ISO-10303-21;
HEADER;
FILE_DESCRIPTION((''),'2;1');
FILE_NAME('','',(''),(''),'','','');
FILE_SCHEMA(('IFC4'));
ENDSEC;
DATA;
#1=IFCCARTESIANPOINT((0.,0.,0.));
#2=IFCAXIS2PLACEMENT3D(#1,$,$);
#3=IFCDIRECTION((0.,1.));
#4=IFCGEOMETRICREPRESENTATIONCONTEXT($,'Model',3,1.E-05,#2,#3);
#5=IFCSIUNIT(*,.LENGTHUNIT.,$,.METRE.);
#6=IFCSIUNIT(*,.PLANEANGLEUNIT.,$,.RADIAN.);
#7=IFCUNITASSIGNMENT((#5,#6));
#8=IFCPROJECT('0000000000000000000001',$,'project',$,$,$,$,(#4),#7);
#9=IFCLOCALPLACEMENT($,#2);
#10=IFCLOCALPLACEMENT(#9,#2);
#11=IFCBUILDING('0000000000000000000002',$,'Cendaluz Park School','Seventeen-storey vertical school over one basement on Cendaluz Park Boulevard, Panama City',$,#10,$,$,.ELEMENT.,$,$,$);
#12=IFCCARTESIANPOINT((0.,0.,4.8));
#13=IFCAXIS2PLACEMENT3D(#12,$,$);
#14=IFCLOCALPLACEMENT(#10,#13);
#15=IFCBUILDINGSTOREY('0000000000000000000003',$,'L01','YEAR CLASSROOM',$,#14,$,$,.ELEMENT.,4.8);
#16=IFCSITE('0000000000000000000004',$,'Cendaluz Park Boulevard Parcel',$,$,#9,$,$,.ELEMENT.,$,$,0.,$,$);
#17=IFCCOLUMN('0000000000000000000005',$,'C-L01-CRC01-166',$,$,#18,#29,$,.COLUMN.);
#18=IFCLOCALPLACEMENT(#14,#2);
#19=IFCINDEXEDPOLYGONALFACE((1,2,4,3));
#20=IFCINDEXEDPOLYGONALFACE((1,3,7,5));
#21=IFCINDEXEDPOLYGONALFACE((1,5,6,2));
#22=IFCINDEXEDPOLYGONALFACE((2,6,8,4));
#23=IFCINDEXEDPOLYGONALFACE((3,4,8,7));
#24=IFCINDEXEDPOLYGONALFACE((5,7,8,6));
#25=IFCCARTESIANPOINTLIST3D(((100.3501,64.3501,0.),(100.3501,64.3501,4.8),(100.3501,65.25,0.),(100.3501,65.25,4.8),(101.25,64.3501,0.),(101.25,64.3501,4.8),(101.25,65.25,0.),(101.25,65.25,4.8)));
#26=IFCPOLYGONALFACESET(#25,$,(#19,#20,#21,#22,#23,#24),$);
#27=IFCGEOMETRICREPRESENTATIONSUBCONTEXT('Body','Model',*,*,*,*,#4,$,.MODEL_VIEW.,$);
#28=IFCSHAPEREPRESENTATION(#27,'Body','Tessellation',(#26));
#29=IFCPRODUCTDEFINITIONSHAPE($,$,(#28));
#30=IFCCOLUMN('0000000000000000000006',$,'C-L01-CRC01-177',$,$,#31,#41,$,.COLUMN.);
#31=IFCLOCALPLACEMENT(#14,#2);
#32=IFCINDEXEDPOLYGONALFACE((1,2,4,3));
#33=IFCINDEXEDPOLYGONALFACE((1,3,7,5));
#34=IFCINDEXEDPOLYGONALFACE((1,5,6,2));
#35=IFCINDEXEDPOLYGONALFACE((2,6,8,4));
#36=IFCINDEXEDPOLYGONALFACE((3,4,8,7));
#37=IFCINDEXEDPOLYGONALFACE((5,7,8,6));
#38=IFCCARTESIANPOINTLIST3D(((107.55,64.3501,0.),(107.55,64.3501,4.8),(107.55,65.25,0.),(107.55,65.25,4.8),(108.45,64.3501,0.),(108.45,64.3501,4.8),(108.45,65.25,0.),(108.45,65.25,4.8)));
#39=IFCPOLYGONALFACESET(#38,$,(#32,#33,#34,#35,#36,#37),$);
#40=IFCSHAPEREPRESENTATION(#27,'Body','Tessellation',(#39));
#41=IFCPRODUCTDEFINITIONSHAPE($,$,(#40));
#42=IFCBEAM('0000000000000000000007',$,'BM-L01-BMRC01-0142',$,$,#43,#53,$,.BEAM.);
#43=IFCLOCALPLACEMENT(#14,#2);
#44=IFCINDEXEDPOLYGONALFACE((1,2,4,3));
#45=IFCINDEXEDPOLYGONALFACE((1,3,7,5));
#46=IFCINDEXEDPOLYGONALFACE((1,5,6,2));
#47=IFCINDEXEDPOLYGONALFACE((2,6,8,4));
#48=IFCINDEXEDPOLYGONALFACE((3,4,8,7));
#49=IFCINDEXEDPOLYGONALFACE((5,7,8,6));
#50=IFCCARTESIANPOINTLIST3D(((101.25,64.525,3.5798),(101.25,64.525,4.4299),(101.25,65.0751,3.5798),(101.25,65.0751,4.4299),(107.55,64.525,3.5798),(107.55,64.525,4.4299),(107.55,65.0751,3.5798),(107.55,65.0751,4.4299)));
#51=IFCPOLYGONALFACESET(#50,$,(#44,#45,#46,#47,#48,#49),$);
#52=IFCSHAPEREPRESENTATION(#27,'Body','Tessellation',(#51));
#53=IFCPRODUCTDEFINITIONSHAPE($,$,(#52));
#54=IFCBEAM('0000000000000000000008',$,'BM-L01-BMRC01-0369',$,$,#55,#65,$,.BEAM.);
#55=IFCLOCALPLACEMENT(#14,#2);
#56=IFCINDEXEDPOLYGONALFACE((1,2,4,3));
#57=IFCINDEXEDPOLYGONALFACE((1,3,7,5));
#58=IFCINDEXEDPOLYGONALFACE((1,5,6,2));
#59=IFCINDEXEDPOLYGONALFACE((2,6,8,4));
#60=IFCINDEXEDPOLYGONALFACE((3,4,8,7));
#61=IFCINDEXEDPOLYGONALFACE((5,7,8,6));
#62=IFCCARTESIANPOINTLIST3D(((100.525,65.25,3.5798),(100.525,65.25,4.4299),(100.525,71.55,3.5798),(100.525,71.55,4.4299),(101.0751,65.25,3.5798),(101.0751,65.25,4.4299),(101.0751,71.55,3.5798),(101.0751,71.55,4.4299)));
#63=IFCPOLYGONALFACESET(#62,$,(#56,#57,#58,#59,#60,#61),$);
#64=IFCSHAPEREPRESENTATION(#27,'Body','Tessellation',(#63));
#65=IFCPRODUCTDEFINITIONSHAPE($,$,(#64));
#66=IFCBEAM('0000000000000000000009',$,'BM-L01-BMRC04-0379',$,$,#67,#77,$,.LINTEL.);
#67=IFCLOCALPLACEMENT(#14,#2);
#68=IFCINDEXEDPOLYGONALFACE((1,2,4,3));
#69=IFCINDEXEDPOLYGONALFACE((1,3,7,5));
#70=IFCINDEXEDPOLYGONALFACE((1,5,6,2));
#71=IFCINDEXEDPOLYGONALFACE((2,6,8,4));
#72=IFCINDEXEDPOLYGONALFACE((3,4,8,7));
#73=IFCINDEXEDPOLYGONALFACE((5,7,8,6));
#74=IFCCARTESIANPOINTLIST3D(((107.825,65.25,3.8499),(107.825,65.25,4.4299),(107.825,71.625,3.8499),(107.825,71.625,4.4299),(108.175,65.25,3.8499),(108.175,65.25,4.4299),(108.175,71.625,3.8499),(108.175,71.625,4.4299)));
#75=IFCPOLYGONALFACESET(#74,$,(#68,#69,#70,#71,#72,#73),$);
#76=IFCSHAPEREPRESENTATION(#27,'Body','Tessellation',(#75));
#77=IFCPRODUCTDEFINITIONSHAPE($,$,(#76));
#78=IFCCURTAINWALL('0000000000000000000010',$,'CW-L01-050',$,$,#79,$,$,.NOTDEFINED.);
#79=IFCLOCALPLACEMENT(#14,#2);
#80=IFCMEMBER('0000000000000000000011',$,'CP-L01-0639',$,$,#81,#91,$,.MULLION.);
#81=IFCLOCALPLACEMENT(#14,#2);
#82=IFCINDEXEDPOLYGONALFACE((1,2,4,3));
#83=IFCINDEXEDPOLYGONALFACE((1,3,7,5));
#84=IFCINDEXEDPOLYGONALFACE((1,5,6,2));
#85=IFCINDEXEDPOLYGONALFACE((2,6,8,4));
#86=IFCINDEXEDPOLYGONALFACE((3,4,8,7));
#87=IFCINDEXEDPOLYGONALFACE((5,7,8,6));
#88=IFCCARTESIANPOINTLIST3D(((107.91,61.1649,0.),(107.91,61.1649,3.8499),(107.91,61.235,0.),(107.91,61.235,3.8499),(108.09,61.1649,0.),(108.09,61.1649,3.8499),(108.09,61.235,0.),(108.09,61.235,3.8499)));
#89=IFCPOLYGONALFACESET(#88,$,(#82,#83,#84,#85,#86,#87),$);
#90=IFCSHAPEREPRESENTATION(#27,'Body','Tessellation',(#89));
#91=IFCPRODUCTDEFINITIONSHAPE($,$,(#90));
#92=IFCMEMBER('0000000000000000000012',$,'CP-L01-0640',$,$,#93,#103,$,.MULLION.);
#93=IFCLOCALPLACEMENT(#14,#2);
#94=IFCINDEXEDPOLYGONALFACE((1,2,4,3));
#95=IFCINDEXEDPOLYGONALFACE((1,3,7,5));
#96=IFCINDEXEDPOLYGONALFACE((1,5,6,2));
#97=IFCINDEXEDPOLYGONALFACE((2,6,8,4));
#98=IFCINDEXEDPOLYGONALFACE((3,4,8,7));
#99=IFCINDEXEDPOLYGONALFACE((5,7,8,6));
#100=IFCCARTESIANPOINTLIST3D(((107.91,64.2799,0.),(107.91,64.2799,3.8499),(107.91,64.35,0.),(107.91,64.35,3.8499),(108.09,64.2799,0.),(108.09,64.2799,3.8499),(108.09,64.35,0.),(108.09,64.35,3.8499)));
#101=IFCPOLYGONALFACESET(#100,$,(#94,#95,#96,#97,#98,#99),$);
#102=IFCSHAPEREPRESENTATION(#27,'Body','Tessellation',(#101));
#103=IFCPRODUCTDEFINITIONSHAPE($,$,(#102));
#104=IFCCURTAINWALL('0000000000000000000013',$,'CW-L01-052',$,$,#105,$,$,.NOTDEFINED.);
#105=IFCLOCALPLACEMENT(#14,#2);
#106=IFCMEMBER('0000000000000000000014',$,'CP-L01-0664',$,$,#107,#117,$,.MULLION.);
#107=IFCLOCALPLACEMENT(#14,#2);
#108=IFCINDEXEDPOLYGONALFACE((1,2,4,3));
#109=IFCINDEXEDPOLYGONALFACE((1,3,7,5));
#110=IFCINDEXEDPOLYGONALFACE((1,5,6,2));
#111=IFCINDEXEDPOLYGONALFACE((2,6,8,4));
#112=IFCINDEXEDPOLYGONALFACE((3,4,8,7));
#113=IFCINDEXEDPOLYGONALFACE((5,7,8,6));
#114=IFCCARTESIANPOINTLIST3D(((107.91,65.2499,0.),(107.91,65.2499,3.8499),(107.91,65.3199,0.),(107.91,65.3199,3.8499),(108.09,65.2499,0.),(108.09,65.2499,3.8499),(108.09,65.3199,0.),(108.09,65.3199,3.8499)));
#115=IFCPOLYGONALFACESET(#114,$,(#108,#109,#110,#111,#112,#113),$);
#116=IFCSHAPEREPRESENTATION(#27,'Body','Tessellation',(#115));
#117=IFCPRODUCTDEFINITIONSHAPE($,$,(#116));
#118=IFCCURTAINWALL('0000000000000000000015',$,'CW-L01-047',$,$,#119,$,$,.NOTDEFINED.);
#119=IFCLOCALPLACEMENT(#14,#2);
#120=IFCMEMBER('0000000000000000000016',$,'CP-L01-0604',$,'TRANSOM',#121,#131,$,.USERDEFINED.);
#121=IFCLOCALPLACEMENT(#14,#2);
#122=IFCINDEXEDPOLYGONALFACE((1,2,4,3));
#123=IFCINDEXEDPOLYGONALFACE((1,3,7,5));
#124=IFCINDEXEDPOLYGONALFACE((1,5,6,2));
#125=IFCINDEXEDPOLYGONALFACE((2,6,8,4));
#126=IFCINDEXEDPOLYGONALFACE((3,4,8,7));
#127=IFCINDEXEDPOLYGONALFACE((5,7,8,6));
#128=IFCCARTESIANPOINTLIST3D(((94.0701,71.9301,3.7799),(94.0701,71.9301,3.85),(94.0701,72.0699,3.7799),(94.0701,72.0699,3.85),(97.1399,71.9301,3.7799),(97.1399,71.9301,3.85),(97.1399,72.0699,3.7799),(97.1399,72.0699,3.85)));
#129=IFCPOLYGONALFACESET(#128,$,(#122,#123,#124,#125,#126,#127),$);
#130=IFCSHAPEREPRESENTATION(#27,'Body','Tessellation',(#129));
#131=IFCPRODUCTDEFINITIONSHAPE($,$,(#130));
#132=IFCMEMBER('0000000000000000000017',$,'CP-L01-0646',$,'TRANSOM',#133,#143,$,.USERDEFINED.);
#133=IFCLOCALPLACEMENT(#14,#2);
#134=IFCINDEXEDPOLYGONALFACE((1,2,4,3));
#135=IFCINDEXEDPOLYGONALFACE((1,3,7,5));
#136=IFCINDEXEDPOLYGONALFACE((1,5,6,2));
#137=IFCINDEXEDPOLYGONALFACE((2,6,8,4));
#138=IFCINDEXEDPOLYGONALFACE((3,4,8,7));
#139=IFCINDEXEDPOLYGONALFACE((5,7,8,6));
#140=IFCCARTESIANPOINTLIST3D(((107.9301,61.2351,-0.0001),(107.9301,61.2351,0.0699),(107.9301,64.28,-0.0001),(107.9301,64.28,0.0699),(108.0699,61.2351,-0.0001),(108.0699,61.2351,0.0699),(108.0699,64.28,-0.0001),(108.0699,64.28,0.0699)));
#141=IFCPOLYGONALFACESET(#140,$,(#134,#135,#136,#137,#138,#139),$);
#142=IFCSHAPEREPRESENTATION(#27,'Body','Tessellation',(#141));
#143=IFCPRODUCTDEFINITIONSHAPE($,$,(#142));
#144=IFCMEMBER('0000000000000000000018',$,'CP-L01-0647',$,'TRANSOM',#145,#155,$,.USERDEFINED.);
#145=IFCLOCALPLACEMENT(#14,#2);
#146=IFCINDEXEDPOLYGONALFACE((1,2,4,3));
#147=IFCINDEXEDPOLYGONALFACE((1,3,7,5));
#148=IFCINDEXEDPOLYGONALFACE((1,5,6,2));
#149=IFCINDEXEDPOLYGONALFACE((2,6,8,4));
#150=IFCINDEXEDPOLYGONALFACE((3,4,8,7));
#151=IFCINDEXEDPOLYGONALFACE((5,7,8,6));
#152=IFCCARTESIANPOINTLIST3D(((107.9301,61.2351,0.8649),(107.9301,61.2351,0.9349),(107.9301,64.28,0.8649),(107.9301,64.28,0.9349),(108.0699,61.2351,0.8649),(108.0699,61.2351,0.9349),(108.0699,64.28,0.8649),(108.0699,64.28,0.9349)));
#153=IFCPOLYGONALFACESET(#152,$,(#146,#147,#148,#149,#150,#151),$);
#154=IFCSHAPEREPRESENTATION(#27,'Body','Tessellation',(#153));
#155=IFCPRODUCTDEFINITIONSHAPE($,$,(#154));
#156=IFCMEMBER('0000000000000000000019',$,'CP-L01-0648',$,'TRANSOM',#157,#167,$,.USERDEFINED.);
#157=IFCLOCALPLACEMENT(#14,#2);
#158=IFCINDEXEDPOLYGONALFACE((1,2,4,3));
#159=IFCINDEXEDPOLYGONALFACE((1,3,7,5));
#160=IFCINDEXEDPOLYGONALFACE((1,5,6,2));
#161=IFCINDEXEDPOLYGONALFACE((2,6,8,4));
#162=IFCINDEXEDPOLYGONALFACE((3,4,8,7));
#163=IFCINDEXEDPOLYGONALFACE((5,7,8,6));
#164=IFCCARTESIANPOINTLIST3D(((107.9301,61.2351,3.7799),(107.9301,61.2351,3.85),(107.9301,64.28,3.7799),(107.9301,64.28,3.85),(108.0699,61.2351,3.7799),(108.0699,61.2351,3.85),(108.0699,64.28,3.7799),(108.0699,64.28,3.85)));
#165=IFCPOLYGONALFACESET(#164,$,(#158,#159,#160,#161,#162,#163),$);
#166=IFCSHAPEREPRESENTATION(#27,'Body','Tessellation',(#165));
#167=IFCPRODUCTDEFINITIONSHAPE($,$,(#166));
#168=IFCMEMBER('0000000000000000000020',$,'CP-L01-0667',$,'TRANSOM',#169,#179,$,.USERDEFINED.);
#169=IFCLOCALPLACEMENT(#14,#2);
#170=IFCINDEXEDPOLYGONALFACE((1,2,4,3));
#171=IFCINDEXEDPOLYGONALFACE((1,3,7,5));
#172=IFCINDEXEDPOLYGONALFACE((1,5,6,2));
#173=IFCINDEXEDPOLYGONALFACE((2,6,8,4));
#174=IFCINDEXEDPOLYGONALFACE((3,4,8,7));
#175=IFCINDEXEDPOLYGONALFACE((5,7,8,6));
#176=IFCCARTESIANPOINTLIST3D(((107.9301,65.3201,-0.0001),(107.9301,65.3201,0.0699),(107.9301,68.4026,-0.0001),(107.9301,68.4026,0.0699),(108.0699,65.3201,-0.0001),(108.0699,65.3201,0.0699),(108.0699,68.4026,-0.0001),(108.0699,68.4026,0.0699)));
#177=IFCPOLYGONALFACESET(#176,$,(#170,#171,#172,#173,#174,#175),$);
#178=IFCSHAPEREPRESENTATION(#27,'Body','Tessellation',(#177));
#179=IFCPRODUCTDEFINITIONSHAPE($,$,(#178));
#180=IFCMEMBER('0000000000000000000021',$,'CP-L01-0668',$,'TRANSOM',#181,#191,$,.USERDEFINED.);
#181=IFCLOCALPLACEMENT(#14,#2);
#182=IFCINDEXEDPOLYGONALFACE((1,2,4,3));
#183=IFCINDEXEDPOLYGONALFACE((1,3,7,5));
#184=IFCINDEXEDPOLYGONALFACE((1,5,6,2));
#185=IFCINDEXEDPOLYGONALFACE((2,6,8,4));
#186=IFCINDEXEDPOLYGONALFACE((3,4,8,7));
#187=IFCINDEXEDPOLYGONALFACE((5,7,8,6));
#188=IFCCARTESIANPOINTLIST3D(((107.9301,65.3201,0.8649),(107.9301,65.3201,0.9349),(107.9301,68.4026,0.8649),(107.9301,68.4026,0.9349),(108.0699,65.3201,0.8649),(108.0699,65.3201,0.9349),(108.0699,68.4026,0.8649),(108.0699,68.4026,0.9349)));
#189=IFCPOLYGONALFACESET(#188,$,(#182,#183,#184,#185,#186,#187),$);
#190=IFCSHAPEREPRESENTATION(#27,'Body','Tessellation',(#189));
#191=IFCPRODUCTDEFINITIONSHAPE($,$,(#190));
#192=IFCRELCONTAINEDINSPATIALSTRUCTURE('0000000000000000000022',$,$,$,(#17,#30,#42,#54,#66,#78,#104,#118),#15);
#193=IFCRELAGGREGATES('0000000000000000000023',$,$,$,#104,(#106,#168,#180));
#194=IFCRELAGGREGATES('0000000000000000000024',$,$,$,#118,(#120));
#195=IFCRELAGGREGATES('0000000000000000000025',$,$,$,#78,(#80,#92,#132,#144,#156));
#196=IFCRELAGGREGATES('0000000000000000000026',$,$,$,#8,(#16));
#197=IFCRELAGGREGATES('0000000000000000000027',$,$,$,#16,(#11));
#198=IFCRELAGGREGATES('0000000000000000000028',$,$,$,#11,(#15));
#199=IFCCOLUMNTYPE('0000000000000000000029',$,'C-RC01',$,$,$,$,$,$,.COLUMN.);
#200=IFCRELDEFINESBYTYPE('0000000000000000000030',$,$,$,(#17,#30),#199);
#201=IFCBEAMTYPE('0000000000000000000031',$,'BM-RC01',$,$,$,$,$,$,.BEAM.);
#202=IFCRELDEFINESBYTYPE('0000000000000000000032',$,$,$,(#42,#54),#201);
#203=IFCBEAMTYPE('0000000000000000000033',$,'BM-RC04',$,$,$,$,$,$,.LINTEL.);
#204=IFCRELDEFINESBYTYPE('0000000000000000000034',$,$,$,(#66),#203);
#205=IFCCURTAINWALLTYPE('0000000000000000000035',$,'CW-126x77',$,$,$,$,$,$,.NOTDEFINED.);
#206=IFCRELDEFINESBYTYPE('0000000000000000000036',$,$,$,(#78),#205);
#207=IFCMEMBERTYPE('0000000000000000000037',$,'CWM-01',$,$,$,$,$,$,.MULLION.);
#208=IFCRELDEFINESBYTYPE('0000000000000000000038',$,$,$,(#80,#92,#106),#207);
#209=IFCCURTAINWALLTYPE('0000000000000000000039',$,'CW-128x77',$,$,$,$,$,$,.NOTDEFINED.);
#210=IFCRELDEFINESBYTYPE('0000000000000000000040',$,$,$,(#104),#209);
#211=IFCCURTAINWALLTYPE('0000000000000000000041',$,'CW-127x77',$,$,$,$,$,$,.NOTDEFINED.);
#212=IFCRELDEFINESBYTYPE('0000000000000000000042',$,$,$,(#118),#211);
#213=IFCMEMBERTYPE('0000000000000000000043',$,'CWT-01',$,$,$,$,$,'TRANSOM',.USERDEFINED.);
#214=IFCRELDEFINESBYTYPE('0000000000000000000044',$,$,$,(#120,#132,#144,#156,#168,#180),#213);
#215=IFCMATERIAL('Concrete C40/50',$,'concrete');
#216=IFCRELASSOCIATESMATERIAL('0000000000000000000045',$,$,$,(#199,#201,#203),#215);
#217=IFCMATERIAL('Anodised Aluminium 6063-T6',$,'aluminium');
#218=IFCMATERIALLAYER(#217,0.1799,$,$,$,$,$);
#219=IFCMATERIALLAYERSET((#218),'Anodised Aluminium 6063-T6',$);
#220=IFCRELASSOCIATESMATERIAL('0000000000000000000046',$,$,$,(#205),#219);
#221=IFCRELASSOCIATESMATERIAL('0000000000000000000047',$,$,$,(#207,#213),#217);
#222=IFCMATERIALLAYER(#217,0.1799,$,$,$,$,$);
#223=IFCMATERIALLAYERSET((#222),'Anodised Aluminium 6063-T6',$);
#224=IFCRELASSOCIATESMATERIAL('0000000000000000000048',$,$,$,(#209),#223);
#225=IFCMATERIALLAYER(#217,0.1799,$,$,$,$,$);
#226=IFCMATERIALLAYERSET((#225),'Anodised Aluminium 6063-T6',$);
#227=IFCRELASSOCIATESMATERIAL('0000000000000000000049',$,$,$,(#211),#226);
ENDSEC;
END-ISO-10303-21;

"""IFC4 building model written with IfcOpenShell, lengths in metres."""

from ifc_helpers import new_model, si_unit, direction, frame, origin, origin_2d, place, context, subcontext, project, spatial, rectangle, extrude, material, layer, layer_set, material_profile, profile_set, type_object, element, aggregate, save


model = new_model("IFC4")

# Units and contexts
model_context = context("Model", 3, precision=1e-05, world=origin(), true_north=direction((0.0, 1.0)))
body_context = subcontext(model_context, "Body", "Model", "MODEL_VIEW")
ifc_project = project(units=[si_unit("LENGTHUNIT", "METRE"), si_unit("PLANEANGLEUNIT", "RADIAN")], contexts=[model_context])

# Site, building, storey
site_placement = place(None, origin())
site = spatial("IfcSite", under=ifc_project, at=site_placement, Name="Cendaluz Park Boulevard Parcel", CompositionType="ELEMENT", RefElevation=0.0)
building_placement = place(site_placement, origin())
building = spatial("IfcBuilding", under=site, at=building_placement, Name="Cendaluz Park School", Description="Seventeen-storey vertical school over one basement on Cendaluz Park Boulevard, Panama City", CompositionType="ELEMENT")
storey_placement = place(building_placement, frame((0.0, 0.0, 4.8)))
storey = spatial("IfcBuildingStorey", under=building, at=storey_placement, Name="L01", Description="YEAR CLASSROOM", CompositionType="ELEMENT", Elevation=4.8)

# Columns
ifc_material_1 = material(Name="Concrete C40/50", Category="concrete")
ifc_material_profile_1 = material_profile(ifc_material_1, rectangle(XDim=0.8999, YDim=0.8999, at=origin_2d()), Name="RC 900x900", Category="concrete")
ifc_profile_set_1 = profile_set([ifc_material_profile_1], Name="Concrete C40/50")
column_type = type_object("IfcColumnType", Name="C-RC01", PredefinedType="COLUMN", material=ifc_profile_set_1)
for number, where, z_axis, x_axis, name in (
    (1, (100.8, 64.8, 0.0), (0.0, 0.0, 1.0), (1.0, 0.0, 0.0), "C-L01-CRC01-166"),
    (2, (108.0, 64.8, 0.0), (0.0, 0.0, 1.0), (1.0, 0.0, 0.0), "C-L01-CRC01-177"),
):
    element("IfcColumn", number, at=place(storey_placement, frame(where, z_axis=z_axis, x_axis=x_axis)), inside=storey, type_object=column_type, Name=name, PredefinedType="COLUMN", context=body_context, shape_type="SweptSolid", body=[
        extrude(rectangle(XDim=0.8999, YDim=0.8999, at=origin_2d()), origin(), (0.0, 0.0, 1.0), 4.8),
    ])

# Beams
ifc_material_profile_2 = material_profile(ifc_material_1, rectangle(XDim=0.55, YDim=0.8501, at=origin_2d()), Name="RC 550x850", Category="concrete")
ifc_profile_set_2 = profile_set([ifc_material_profile_2], Name="Concrete C40/50")
beam_type_1 = type_object("IfcBeamType", Name="BM-RC01", PredefinedType="BEAM", material=ifc_profile_set_2)
for number, where, z_axis, x_axis, name in (
    (3, (101.25, 64.8, 4.0049), (1.0, 0.0, 0.0), (0.0, 1.0, 0.0), "BM-L01-BMRC01-0142"),
    (4, (100.8, 65.25, 4.0049), (0.0, 1.0, 0.0), (-1.0, 0.0, 0.0), "BM-L01-BMRC01-0369"),
):
    element("IfcBeam", number, at=place(storey_placement, frame(where, z_axis=z_axis, x_axis=x_axis)), inside=storey, type_object=beam_type_1, Name=name, PredefinedType="BEAM", context=body_context, shape_type="SweptSolid", body=[
        extrude(rectangle(XDim=0.55, YDim=0.8501, at=origin_2d()), origin(), (0.0, 0.0, 1.0), 6.3),
    ])
ifc_material_profile_3 = material_profile(ifc_material_1, rectangle(XDim=0.3501, YDim=0.5801, at=origin_2d()), Name="RC 350x580", Category="concrete")
ifc_profile_set_3 = profile_set([ifc_material_profile_3], Name="Concrete C40/50")
beam_type_2 = type_object("IfcBeamType", Name="BM-RC04", PredefinedType="LINTEL", material=ifc_profile_set_3)
beam_placement = place(storey_placement, frame((108.0, 65.25, 4.1399), z_axis=(0.0, 1.0, 0.0), x_axis=(-1.0, 0.0, 0.0)))
element("IfcBeam", 5, at=beam_placement, inside=storey, type_object=beam_type_2, Name="BM-L01-BMRC04-0379", PredefinedType="LINTEL", context=body_context, shape_type="SweptSolid", body=[
    extrude(rectangle(XDim=0.3501, YDim=0.5801, at=origin_2d()), origin(), (0.0, 0.0, 1.0), 6.375),
])

# Curtain wall, members
ifc_material_2 = material(Name="Anodised Aluminium 6063-T6", Category="aluminium")
ifc_layer_1 = layer(ifc_material_2, 0.1799)
ifc_layer_set_1 = layer_set([ifc_layer_1], Name="Anodised Aluminium 6063-T6")
curtain_wall_type_1 = type_object("IfcCurtainWallType", Name="CW-126x77", PredefinedType="NOTDEFINED", material=ifc_layer_set_1)
curtain_wall_1_placement = place(storey_placement, origin())
curtain_wall_1 = element("IfcCurtainWall", 6, at=curtain_wall_1_placement, inside=storey, type_object=curtain_wall_type_1, Name="CW-L01-050", PredefinedType="NOTDEFINED")
ifc_material_profile_4 = material_profile(ifc_material_2, rectangle(XDim=0.1799, YDim=0.0701, at=origin_2d()), Name="CWM 180x70", Category="aluminium")
ifc_profile_set_4 = profile_set([ifc_material_profile_4], Name="Anodised Aluminium 6063-T6")
member_type_1 = type_object("IfcMemberType", Name="CWM-01", PredefinedType="MULLION", material=ifc_profile_set_4)
member_1_placement = place(storey_placement, frame((108.0, 61.2, 0.0), z_axis=(0.0, 0.0, 1.0), x_axis=(-1.0, 0.0, 0.0)))
member_1 = element("IfcMember", 7, at=member_1_placement, type_object=member_type_1, Name="CP-L01-0639", PredefinedType="MULLION", context=body_context, shape_type="SweptSolid", body=[
    extrude(rectangle(XDim=0.1799, YDim=0.0701, at=origin_2d()), origin(), (0.0, 0.0, 1.0), 3.8499),
])
member_2_placement = place(storey_placement, frame((108.0, 64.3149, 0.0), z_axis=(0.0, 0.0, 1.0), x_axis=(-1.0, 0.0, 0.0)))
member_2 = element("IfcMember", 8, at=member_2_placement, type_object=member_type_1, Name="CP-L01-0640", PredefinedType="MULLION", context=body_context, shape_type="SweptSolid", body=[
    extrude(rectangle(XDim=0.1799, YDim=0.0701, at=origin_2d()), origin(), (0.0, 0.0, 1.0), 3.8499),
])

# Curtain walls, members
ifc_layer_2 = layer(ifc_material_2, 0.1799)
ifc_layer_set_2 = layer_set([ifc_layer_2], Name="Anodised Aluminium 6063-T6")
curtain_wall_type_2 = type_object("IfcCurtainWallType", Name="CW-128x77", PredefinedType="NOTDEFINED", material=ifc_layer_set_2)
curtain_wall_2_placement = place(storey_placement, origin())
curtain_wall_2 = element("IfcCurtainWall", 9, at=curtain_wall_2_placement, inside=storey, type_object=curtain_wall_type_2, Name="CW-L01-052", PredefinedType="NOTDEFINED")
member_3_placement = place(storey_placement, frame((108.0, 65.2849, 0.0), z_axis=(0.0, 0.0, 1.0), x_axis=(-1.0, 0.0, 0.0)))
member_3 = element("IfcMember", 10, at=member_3_placement, type_object=member_type_1, Name="CP-L01-0664", PredefinedType="MULLION", context=body_context, shape_type="SweptSolid", body=[
    extrude(rectangle(XDim=0.1799, YDim=0.0701, at=origin_2d()), origin(), (0.0, 0.0, 1.0), 3.8499),
])
ifc_layer_3 = layer(ifc_material_2, 0.1799)
ifc_layer_set_3 = layer_set([ifc_layer_3], Name="Anodised Aluminium 6063-T6")
curtain_wall_type_3 = type_object("IfcCurtainWallType", Name="CW-127x77", PredefinedType="NOTDEFINED", material=ifc_layer_set_3)
curtain_wall_3_placement = place(storey_placement, origin())
curtain_wall_3 = element("IfcCurtainWall", 11, at=curtain_wall_3_placement, inside=storey, type_object=curtain_wall_type_3, Name="CW-L01-047", PredefinedType="NOTDEFINED")
ifc_material_profile_5 = material_profile(ifc_material_2, rectangle(XDim=0.1399, YDim=0.0701, at=origin_2d()), Name="CWT 140x70", Category="aluminium")
ifc_profile_set_5 = profile_set([ifc_material_profile_5], Name="Anodised Aluminium 6063-T6")
member_type_2 = type_object("IfcMemberType", Name="CWT-01", ElementType="TRANSOM", PredefinedType="USERDEFINED", material=ifc_profile_set_5)
member_4_placement = place(storey_placement, frame((94.0701, 72.0, 3.8149), z_axis=(1.0, 0.0, 0.0), x_axis=(0.0, 1.0, 0.0)))
member_4 = element("IfcMember", 12, at=member_4_placement, type_object=member_type_2, Name="CP-L01-0604", ObjectType="TRANSOM", PredefinedType="USERDEFINED", context=body_context, shape_type="SweptSolid", body=[
    extrude(rectangle(XDim=0.1399, YDim=0.0701, at=origin_2d()), origin(), (0.0, 0.0, 1.0), 3.0698),
])

# Members
member_5_placement = place(storey_placement, frame((108.0, 61.2351, 0.0349), z_axis=(0.0, 1.0, 0.0), x_axis=(-1.0, 0.0, 0.0)))
member_5 = element("IfcMember", 13, at=member_5_placement, type_object=member_type_2, Name="CP-L01-0646", ObjectType="TRANSOM", PredefinedType="USERDEFINED", context=body_context, shape_type="SweptSolid", body=[
    extrude(rectangle(XDim=0.1399, YDim=0.0701, at=origin_2d()), origin(), (0.0, 0.0, 1.0), 3.0449),
])
member_6_placement = place(storey_placement, frame((108.0, 61.2351, 0.8999), z_axis=(0.0, 1.0, 0.0), x_axis=(-1.0, 0.0, 0.0)))
member_6 = element("IfcMember", 14, at=member_6_placement, type_object=member_type_2, Name="CP-L01-0647", ObjectType="TRANSOM", PredefinedType="USERDEFINED", context=body_context, shape_type="SweptSolid", body=[
    extrude(rectangle(XDim=0.1399, YDim=0.0701, at=origin_2d()), origin(), (0.0, 0.0, 1.0), 3.0449),
])
member_7_placement = place(storey_placement, frame((108.0, 61.2351, 3.8149), z_axis=(0.0, 1.0, 0.0), x_axis=(-1.0, 0.0, 0.0)))
member_7 = element("IfcMember", 15, at=member_7_placement, type_object=member_type_2, Name="CP-L01-0648", ObjectType="TRANSOM", PredefinedType="USERDEFINED", context=body_context, shape_type="SweptSolid", body=[
    extrude(rectangle(XDim=0.1399, YDim=0.0701, at=origin_2d()), origin(), (0.0, 0.0, 1.0), 3.0449),
])
member_8_placement = place(storey_placement, frame((108.0, 65.3201, 0.0349), z_axis=(0.0, 1.0, 0.0), x_axis=(-1.0, 0.0, 0.0)))
member_8 = element("IfcMember", 16, at=member_8_placement, type_object=member_type_2, Name="CP-L01-0667", ObjectType="TRANSOM", PredefinedType="USERDEFINED", context=body_context, shape_type="SweptSolid", body=[
    extrude(rectangle(XDim=0.1399, YDim=0.0701, at=origin_2d()), origin(), (0.0, 0.0, 1.0), 3.0825),
])
member_9_placement = place(storey_placement, frame((108.0, 65.3201, 0.8999), z_axis=(0.0, 1.0, 0.0), x_axis=(-1.0, 0.0, 0.0)))
member_9 = element("IfcMember", 17, at=member_9_placement, type_object=member_type_2, Name="CP-L01-0668", ObjectType="TRANSOM", PredefinedType="USERDEFINED", context=body_context, shape_type="SweptSolid", body=[
    extrude(rectangle(XDim=0.1399, YDim=0.0701, at=origin_2d()), origin(), (0.0, 0.0, 1.0), 3.0825),
])
aggregate(curtain_wall_2, [member_3, member_8, member_9])

aggregate(curtain_wall_3, [member_4])
aggregate(curtain_wall_1, [member_1, member_2, member_5, member_6, member_7])

save(model, "model.ifc")
